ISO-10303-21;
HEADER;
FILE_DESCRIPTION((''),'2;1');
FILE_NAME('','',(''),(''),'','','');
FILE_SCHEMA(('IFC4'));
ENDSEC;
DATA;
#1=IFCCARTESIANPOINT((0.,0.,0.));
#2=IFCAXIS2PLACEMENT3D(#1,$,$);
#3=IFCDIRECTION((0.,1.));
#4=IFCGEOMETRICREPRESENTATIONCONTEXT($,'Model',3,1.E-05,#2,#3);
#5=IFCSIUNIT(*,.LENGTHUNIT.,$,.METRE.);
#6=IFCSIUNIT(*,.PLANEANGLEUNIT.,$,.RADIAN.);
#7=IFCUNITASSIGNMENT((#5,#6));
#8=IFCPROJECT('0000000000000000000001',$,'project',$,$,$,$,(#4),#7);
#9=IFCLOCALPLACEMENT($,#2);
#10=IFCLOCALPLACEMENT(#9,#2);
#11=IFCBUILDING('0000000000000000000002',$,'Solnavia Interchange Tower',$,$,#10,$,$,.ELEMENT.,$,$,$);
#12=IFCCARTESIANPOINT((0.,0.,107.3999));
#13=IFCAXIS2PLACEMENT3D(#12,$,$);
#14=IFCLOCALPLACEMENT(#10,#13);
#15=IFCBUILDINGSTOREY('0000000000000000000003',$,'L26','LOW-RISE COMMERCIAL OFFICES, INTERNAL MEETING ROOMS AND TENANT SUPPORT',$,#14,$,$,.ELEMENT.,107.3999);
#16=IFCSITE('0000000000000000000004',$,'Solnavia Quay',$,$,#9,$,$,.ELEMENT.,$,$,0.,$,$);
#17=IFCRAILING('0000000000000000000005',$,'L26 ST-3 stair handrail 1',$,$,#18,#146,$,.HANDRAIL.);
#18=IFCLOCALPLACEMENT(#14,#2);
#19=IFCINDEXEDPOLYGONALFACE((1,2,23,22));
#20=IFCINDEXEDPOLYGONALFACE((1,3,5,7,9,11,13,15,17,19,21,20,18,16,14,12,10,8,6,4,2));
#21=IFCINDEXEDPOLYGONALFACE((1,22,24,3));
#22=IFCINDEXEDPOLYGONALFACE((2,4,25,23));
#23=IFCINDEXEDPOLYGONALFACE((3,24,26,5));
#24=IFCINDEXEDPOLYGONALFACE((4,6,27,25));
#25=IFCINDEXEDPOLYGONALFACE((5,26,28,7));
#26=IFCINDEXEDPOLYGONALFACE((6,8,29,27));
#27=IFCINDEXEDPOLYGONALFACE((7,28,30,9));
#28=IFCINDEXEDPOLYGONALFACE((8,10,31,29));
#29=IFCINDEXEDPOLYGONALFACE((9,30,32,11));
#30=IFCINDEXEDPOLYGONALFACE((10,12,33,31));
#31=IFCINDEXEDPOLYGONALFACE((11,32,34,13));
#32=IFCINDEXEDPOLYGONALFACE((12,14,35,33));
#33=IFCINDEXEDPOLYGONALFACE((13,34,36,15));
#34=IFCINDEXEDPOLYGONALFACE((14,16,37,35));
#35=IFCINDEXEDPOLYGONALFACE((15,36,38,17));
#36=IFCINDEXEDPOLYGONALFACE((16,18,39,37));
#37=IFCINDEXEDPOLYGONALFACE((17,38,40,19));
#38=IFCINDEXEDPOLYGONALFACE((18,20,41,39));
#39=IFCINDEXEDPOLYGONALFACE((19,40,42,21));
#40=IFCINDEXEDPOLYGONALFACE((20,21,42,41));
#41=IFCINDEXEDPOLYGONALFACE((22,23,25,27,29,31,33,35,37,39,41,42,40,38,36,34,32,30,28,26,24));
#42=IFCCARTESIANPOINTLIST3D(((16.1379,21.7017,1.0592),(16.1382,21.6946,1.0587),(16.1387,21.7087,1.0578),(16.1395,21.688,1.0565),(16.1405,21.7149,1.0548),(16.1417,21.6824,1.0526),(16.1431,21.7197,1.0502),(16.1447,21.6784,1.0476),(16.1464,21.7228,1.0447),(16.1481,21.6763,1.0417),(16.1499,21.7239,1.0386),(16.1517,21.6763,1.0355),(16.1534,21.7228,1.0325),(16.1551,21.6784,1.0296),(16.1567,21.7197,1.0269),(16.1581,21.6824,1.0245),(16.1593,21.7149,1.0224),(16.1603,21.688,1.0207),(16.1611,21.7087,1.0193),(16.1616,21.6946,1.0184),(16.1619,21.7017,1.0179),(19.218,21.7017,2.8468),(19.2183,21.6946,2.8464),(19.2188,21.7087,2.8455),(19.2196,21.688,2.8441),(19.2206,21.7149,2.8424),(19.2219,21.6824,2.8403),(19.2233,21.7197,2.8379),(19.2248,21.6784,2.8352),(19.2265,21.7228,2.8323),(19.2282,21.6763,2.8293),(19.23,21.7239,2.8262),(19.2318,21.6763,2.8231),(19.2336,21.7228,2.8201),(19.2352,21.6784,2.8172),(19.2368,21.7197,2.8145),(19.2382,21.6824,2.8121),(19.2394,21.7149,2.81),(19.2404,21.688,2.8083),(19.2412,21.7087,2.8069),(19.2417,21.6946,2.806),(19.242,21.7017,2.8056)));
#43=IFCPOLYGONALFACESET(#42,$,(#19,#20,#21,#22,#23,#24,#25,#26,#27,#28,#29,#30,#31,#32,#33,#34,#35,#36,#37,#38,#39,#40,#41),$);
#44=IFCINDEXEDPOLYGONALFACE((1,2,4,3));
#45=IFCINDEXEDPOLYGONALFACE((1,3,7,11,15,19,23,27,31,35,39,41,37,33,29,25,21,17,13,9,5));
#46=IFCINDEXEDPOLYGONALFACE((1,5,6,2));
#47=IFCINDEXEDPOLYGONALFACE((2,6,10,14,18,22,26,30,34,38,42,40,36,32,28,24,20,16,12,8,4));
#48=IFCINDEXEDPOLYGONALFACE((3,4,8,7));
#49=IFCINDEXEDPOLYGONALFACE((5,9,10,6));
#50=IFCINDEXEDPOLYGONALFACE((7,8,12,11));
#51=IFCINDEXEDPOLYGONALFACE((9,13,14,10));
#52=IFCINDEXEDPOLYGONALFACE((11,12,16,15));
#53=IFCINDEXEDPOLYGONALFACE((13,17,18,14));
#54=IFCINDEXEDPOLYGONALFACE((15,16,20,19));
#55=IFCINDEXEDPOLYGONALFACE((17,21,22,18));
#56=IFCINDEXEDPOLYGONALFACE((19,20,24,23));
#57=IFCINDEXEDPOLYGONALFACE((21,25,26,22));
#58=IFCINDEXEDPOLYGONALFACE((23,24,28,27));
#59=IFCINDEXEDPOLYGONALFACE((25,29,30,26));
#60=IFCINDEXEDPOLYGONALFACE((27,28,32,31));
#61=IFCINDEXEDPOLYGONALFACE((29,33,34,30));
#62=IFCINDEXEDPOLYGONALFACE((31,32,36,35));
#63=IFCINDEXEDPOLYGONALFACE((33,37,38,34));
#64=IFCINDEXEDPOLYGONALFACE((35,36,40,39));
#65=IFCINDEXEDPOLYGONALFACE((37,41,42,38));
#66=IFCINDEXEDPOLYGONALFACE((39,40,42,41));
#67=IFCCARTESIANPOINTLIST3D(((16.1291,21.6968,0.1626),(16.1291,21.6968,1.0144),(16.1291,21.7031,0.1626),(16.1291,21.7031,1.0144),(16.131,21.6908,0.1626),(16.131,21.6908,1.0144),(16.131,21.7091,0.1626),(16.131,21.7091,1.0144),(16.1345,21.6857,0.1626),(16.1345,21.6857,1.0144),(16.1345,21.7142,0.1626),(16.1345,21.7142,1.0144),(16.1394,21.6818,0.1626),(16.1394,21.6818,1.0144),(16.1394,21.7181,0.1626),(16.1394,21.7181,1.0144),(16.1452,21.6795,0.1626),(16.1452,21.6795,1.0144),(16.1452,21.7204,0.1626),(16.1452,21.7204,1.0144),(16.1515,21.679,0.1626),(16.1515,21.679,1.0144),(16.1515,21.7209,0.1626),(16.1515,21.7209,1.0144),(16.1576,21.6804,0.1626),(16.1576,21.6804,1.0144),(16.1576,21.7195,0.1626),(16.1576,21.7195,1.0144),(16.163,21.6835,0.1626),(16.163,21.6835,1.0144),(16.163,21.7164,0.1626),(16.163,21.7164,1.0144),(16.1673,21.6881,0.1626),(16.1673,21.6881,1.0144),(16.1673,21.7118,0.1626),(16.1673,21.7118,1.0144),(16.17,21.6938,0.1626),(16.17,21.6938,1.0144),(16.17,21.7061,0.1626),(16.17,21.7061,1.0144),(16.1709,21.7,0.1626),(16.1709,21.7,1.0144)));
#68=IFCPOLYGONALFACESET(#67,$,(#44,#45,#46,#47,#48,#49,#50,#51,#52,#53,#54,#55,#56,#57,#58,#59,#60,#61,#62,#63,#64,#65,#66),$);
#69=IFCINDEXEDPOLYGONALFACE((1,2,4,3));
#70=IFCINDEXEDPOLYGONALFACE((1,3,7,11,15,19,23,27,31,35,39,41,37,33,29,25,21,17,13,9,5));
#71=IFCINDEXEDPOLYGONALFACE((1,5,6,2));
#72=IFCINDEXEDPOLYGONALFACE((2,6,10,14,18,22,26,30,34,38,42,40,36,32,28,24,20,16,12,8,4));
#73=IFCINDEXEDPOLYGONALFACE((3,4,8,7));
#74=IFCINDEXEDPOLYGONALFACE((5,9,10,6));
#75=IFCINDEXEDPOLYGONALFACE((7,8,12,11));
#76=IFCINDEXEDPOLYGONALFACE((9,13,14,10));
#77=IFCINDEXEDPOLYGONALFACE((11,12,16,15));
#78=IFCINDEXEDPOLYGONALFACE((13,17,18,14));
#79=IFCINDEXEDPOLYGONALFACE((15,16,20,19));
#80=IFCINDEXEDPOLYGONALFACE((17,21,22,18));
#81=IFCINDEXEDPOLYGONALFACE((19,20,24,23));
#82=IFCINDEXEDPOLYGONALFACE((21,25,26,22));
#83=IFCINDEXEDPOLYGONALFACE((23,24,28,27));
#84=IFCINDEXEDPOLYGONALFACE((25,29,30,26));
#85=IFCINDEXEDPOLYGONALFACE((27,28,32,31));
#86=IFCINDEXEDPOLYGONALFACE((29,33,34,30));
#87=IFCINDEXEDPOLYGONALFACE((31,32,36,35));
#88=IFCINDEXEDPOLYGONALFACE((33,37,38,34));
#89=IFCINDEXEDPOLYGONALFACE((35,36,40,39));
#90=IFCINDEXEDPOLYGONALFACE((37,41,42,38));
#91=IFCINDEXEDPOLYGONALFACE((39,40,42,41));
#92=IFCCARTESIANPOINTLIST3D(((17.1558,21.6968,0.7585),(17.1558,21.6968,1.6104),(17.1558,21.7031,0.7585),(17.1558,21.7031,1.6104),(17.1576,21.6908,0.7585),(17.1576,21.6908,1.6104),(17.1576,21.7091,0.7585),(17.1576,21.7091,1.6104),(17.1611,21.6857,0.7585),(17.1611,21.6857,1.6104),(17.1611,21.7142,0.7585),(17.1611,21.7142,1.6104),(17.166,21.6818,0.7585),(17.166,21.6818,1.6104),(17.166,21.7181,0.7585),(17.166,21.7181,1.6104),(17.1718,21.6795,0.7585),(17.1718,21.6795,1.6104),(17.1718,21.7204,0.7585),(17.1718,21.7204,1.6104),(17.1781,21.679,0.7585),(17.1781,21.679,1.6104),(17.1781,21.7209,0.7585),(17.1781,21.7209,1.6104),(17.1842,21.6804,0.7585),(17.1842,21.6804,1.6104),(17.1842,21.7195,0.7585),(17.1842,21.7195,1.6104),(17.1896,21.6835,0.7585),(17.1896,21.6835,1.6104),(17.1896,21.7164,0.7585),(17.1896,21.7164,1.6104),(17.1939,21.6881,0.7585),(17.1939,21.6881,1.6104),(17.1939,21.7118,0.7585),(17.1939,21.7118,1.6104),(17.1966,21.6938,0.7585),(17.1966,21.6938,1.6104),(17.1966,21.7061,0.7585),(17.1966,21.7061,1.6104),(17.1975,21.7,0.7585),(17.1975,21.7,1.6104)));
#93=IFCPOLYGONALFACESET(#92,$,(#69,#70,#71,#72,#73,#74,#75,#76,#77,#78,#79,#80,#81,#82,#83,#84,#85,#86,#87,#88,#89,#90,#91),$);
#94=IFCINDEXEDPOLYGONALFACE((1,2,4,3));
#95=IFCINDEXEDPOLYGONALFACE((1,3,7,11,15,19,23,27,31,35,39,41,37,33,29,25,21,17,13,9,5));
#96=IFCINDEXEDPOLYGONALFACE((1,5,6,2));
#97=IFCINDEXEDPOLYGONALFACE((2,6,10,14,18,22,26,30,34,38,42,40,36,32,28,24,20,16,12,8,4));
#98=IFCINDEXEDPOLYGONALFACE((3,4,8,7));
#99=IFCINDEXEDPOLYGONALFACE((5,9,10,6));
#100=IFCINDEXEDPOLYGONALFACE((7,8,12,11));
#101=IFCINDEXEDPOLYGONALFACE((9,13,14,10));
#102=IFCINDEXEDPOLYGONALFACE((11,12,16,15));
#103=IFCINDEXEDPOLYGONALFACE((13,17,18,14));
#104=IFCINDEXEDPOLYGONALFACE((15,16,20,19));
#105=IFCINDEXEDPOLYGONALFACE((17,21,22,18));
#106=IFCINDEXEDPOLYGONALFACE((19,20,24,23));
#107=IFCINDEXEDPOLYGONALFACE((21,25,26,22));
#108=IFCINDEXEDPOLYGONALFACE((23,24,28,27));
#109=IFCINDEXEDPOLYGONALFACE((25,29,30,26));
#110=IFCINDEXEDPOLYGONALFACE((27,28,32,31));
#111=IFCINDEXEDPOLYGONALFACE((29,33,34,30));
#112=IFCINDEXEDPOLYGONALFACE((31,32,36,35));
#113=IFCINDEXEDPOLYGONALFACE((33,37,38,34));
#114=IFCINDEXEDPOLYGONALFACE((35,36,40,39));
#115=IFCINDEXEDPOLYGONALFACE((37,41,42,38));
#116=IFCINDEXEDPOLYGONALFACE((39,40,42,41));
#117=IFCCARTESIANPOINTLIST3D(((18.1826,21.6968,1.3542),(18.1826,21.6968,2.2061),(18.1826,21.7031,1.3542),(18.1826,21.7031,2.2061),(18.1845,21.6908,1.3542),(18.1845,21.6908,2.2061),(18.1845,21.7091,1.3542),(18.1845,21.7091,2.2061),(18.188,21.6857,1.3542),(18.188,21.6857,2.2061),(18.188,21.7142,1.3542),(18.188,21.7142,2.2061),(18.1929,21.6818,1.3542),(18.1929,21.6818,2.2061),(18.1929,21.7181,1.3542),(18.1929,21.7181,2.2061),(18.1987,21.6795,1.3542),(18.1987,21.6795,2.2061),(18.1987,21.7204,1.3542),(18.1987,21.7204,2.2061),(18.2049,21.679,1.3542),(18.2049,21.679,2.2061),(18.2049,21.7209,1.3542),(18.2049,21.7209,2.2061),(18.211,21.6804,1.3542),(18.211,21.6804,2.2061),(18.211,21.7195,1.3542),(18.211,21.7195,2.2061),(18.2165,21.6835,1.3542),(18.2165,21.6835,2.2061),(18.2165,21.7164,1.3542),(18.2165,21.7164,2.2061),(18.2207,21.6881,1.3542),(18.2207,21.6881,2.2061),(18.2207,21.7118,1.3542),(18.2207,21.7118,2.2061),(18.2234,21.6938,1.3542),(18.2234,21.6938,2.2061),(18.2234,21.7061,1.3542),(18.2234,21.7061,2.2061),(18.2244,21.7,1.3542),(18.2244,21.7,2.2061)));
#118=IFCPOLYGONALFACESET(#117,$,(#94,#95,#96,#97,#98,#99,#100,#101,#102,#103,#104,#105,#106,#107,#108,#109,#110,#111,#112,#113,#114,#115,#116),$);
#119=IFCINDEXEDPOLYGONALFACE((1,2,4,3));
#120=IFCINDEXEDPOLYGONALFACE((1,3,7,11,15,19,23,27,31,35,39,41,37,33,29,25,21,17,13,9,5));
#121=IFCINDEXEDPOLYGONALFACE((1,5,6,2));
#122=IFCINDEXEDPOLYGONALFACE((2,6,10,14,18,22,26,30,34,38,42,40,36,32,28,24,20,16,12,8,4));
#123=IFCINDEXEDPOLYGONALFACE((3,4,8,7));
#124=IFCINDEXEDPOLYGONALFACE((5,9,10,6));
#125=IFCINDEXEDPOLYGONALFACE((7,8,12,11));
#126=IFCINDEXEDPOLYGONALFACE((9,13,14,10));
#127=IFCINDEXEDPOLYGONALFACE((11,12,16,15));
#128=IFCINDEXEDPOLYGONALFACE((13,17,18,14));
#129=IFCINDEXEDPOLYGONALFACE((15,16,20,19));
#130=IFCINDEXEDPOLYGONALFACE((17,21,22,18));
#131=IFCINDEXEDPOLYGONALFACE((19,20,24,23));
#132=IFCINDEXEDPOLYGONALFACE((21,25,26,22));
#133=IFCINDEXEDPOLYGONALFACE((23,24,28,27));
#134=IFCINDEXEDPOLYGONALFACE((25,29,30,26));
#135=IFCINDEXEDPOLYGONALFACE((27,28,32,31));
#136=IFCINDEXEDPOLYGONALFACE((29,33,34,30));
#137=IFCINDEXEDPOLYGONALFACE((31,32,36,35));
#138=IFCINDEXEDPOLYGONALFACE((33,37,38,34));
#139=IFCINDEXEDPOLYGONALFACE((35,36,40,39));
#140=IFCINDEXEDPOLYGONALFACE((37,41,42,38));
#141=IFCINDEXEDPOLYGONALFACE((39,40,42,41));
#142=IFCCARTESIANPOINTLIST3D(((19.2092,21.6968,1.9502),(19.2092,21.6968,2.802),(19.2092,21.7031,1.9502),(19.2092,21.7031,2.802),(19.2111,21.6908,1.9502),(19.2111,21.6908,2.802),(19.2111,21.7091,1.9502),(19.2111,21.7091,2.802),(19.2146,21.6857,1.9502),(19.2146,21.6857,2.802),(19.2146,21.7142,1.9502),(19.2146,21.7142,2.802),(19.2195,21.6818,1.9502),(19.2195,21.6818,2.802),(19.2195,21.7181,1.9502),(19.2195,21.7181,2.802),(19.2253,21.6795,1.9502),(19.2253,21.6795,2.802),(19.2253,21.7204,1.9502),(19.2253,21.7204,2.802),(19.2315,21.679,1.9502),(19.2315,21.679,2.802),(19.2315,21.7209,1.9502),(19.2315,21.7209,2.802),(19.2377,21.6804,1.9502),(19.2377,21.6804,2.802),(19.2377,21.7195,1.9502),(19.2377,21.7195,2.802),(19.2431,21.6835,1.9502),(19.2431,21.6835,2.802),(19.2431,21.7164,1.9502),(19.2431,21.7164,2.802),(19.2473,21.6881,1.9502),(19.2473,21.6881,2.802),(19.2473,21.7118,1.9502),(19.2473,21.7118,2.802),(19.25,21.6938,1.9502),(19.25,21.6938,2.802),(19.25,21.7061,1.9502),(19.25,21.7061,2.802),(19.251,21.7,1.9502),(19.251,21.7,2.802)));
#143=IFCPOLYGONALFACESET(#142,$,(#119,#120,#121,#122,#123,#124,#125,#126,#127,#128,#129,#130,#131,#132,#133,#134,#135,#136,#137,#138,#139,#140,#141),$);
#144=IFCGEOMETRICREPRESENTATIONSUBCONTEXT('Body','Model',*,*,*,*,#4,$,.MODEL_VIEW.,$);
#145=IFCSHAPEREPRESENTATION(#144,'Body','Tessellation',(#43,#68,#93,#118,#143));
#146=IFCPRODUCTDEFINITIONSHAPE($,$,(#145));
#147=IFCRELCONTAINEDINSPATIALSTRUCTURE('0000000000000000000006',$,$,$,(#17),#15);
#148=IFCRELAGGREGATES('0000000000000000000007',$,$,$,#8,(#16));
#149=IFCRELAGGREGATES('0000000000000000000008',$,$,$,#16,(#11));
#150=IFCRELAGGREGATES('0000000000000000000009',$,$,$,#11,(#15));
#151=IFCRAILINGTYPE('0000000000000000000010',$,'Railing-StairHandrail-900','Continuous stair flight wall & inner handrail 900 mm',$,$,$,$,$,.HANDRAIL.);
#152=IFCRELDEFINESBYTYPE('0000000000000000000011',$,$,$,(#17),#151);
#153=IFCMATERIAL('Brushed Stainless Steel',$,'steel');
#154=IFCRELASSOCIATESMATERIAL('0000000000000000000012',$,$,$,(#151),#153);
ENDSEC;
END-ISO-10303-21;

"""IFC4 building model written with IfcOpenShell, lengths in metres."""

from ifc_helpers import new_model, si_unit, direction, frame, origin, origin_2d, place, context, subcontext, project, spatial, circle, extrude, material, type_object, element, save


model = new_model("IFC4")

# Units and contexts
model_context = context("Model", 3, precision=1e-05, world=origin(), true_north=direction((0.0, 1.0)))
body_context = subcontext(model_context, "Body", "Model", "MODEL_VIEW")
ifc_project = project(units=[si_unit("LENGTHUNIT", "METRE"), si_unit("PLANEANGLEUNIT", "RADIAN")], contexts=[model_context])

# Site, building, storey
site_placement = place(None, origin())
site = spatial("IfcSite", under=ifc_project, at=site_placement, Name="Solnavia Quay", CompositionType="ELEMENT", RefElevation=0.0)
building_placement = place(site_placement, origin())
building = spatial("IfcBuilding", under=site, at=building_placement, Name="Solnavia Interchange Tower", CompositionType="ELEMENT")
storey_placement = place(building_placement, frame((0.0, 0.0, 107.3999)))
storey = spatial("IfcBuildingStorey", under=building, at=storey_placement, Name="L26", Description="LOW-RISE COMMERCIAL OFFICES, INTERNAL MEETING ROOMS AND TENANT SUPPORT", CompositionType="ELEMENT", Elevation=107.3999)

# Railing
ifc_material_1 = material(Name="Brushed Stainless Steel", Category="steel")
railing_type_1 = type_object("IfcRailingType", Name="Railing-StairHandrail-900", Description="Continuous stair flight wall & inner handrail 900 mm", PredefinedType="HANDRAIL", material=ifc_material_1)
railing_1_placement = place(storey_placement, frame((16.1499, 21.7, 0.1626)))
element("IfcRailing", 1, at=railing_1_placement, inside=storey, type_object=railing_type_1, Name="L26 ST-3 stair handrail 1", PredefinedType="HANDRAIL", context=body_context, shape_type="SweptSolid", body=[
    extrude(circle(Radius=0.0239, at=origin_2d()), frame((0.0, 0.0, 0.876), z_axis=(0.864891, 0.0, 0.50196), x_axis=(0.0, 1.0, 0.0)), (0.0, 0.0, 1.0), 3.5613),
    extrude(circle(Radius=0.021, at=origin_2d()), origin(), (0.0, 0.0, 1.0), 0.8518),
    extrude(circle(Radius=0.021, at=origin_2d()), frame((1.0266, 0.0, 0.5959)), (0.0, 0.0, 1.0), 0.8518),
    extrude(circle(Radius=0.021, at=origin_2d()), frame((2.0535, 0.0, 1.1917)), (0.0, 0.0, 1.0), 0.8518),
    extrude(circle(Radius=0.021, at=origin_2d()), frame((3.0801, 0.0, 1.7876)), (0.0, 0.0, 1.0), 0.8518),
])

save(model, "model.ifc")
